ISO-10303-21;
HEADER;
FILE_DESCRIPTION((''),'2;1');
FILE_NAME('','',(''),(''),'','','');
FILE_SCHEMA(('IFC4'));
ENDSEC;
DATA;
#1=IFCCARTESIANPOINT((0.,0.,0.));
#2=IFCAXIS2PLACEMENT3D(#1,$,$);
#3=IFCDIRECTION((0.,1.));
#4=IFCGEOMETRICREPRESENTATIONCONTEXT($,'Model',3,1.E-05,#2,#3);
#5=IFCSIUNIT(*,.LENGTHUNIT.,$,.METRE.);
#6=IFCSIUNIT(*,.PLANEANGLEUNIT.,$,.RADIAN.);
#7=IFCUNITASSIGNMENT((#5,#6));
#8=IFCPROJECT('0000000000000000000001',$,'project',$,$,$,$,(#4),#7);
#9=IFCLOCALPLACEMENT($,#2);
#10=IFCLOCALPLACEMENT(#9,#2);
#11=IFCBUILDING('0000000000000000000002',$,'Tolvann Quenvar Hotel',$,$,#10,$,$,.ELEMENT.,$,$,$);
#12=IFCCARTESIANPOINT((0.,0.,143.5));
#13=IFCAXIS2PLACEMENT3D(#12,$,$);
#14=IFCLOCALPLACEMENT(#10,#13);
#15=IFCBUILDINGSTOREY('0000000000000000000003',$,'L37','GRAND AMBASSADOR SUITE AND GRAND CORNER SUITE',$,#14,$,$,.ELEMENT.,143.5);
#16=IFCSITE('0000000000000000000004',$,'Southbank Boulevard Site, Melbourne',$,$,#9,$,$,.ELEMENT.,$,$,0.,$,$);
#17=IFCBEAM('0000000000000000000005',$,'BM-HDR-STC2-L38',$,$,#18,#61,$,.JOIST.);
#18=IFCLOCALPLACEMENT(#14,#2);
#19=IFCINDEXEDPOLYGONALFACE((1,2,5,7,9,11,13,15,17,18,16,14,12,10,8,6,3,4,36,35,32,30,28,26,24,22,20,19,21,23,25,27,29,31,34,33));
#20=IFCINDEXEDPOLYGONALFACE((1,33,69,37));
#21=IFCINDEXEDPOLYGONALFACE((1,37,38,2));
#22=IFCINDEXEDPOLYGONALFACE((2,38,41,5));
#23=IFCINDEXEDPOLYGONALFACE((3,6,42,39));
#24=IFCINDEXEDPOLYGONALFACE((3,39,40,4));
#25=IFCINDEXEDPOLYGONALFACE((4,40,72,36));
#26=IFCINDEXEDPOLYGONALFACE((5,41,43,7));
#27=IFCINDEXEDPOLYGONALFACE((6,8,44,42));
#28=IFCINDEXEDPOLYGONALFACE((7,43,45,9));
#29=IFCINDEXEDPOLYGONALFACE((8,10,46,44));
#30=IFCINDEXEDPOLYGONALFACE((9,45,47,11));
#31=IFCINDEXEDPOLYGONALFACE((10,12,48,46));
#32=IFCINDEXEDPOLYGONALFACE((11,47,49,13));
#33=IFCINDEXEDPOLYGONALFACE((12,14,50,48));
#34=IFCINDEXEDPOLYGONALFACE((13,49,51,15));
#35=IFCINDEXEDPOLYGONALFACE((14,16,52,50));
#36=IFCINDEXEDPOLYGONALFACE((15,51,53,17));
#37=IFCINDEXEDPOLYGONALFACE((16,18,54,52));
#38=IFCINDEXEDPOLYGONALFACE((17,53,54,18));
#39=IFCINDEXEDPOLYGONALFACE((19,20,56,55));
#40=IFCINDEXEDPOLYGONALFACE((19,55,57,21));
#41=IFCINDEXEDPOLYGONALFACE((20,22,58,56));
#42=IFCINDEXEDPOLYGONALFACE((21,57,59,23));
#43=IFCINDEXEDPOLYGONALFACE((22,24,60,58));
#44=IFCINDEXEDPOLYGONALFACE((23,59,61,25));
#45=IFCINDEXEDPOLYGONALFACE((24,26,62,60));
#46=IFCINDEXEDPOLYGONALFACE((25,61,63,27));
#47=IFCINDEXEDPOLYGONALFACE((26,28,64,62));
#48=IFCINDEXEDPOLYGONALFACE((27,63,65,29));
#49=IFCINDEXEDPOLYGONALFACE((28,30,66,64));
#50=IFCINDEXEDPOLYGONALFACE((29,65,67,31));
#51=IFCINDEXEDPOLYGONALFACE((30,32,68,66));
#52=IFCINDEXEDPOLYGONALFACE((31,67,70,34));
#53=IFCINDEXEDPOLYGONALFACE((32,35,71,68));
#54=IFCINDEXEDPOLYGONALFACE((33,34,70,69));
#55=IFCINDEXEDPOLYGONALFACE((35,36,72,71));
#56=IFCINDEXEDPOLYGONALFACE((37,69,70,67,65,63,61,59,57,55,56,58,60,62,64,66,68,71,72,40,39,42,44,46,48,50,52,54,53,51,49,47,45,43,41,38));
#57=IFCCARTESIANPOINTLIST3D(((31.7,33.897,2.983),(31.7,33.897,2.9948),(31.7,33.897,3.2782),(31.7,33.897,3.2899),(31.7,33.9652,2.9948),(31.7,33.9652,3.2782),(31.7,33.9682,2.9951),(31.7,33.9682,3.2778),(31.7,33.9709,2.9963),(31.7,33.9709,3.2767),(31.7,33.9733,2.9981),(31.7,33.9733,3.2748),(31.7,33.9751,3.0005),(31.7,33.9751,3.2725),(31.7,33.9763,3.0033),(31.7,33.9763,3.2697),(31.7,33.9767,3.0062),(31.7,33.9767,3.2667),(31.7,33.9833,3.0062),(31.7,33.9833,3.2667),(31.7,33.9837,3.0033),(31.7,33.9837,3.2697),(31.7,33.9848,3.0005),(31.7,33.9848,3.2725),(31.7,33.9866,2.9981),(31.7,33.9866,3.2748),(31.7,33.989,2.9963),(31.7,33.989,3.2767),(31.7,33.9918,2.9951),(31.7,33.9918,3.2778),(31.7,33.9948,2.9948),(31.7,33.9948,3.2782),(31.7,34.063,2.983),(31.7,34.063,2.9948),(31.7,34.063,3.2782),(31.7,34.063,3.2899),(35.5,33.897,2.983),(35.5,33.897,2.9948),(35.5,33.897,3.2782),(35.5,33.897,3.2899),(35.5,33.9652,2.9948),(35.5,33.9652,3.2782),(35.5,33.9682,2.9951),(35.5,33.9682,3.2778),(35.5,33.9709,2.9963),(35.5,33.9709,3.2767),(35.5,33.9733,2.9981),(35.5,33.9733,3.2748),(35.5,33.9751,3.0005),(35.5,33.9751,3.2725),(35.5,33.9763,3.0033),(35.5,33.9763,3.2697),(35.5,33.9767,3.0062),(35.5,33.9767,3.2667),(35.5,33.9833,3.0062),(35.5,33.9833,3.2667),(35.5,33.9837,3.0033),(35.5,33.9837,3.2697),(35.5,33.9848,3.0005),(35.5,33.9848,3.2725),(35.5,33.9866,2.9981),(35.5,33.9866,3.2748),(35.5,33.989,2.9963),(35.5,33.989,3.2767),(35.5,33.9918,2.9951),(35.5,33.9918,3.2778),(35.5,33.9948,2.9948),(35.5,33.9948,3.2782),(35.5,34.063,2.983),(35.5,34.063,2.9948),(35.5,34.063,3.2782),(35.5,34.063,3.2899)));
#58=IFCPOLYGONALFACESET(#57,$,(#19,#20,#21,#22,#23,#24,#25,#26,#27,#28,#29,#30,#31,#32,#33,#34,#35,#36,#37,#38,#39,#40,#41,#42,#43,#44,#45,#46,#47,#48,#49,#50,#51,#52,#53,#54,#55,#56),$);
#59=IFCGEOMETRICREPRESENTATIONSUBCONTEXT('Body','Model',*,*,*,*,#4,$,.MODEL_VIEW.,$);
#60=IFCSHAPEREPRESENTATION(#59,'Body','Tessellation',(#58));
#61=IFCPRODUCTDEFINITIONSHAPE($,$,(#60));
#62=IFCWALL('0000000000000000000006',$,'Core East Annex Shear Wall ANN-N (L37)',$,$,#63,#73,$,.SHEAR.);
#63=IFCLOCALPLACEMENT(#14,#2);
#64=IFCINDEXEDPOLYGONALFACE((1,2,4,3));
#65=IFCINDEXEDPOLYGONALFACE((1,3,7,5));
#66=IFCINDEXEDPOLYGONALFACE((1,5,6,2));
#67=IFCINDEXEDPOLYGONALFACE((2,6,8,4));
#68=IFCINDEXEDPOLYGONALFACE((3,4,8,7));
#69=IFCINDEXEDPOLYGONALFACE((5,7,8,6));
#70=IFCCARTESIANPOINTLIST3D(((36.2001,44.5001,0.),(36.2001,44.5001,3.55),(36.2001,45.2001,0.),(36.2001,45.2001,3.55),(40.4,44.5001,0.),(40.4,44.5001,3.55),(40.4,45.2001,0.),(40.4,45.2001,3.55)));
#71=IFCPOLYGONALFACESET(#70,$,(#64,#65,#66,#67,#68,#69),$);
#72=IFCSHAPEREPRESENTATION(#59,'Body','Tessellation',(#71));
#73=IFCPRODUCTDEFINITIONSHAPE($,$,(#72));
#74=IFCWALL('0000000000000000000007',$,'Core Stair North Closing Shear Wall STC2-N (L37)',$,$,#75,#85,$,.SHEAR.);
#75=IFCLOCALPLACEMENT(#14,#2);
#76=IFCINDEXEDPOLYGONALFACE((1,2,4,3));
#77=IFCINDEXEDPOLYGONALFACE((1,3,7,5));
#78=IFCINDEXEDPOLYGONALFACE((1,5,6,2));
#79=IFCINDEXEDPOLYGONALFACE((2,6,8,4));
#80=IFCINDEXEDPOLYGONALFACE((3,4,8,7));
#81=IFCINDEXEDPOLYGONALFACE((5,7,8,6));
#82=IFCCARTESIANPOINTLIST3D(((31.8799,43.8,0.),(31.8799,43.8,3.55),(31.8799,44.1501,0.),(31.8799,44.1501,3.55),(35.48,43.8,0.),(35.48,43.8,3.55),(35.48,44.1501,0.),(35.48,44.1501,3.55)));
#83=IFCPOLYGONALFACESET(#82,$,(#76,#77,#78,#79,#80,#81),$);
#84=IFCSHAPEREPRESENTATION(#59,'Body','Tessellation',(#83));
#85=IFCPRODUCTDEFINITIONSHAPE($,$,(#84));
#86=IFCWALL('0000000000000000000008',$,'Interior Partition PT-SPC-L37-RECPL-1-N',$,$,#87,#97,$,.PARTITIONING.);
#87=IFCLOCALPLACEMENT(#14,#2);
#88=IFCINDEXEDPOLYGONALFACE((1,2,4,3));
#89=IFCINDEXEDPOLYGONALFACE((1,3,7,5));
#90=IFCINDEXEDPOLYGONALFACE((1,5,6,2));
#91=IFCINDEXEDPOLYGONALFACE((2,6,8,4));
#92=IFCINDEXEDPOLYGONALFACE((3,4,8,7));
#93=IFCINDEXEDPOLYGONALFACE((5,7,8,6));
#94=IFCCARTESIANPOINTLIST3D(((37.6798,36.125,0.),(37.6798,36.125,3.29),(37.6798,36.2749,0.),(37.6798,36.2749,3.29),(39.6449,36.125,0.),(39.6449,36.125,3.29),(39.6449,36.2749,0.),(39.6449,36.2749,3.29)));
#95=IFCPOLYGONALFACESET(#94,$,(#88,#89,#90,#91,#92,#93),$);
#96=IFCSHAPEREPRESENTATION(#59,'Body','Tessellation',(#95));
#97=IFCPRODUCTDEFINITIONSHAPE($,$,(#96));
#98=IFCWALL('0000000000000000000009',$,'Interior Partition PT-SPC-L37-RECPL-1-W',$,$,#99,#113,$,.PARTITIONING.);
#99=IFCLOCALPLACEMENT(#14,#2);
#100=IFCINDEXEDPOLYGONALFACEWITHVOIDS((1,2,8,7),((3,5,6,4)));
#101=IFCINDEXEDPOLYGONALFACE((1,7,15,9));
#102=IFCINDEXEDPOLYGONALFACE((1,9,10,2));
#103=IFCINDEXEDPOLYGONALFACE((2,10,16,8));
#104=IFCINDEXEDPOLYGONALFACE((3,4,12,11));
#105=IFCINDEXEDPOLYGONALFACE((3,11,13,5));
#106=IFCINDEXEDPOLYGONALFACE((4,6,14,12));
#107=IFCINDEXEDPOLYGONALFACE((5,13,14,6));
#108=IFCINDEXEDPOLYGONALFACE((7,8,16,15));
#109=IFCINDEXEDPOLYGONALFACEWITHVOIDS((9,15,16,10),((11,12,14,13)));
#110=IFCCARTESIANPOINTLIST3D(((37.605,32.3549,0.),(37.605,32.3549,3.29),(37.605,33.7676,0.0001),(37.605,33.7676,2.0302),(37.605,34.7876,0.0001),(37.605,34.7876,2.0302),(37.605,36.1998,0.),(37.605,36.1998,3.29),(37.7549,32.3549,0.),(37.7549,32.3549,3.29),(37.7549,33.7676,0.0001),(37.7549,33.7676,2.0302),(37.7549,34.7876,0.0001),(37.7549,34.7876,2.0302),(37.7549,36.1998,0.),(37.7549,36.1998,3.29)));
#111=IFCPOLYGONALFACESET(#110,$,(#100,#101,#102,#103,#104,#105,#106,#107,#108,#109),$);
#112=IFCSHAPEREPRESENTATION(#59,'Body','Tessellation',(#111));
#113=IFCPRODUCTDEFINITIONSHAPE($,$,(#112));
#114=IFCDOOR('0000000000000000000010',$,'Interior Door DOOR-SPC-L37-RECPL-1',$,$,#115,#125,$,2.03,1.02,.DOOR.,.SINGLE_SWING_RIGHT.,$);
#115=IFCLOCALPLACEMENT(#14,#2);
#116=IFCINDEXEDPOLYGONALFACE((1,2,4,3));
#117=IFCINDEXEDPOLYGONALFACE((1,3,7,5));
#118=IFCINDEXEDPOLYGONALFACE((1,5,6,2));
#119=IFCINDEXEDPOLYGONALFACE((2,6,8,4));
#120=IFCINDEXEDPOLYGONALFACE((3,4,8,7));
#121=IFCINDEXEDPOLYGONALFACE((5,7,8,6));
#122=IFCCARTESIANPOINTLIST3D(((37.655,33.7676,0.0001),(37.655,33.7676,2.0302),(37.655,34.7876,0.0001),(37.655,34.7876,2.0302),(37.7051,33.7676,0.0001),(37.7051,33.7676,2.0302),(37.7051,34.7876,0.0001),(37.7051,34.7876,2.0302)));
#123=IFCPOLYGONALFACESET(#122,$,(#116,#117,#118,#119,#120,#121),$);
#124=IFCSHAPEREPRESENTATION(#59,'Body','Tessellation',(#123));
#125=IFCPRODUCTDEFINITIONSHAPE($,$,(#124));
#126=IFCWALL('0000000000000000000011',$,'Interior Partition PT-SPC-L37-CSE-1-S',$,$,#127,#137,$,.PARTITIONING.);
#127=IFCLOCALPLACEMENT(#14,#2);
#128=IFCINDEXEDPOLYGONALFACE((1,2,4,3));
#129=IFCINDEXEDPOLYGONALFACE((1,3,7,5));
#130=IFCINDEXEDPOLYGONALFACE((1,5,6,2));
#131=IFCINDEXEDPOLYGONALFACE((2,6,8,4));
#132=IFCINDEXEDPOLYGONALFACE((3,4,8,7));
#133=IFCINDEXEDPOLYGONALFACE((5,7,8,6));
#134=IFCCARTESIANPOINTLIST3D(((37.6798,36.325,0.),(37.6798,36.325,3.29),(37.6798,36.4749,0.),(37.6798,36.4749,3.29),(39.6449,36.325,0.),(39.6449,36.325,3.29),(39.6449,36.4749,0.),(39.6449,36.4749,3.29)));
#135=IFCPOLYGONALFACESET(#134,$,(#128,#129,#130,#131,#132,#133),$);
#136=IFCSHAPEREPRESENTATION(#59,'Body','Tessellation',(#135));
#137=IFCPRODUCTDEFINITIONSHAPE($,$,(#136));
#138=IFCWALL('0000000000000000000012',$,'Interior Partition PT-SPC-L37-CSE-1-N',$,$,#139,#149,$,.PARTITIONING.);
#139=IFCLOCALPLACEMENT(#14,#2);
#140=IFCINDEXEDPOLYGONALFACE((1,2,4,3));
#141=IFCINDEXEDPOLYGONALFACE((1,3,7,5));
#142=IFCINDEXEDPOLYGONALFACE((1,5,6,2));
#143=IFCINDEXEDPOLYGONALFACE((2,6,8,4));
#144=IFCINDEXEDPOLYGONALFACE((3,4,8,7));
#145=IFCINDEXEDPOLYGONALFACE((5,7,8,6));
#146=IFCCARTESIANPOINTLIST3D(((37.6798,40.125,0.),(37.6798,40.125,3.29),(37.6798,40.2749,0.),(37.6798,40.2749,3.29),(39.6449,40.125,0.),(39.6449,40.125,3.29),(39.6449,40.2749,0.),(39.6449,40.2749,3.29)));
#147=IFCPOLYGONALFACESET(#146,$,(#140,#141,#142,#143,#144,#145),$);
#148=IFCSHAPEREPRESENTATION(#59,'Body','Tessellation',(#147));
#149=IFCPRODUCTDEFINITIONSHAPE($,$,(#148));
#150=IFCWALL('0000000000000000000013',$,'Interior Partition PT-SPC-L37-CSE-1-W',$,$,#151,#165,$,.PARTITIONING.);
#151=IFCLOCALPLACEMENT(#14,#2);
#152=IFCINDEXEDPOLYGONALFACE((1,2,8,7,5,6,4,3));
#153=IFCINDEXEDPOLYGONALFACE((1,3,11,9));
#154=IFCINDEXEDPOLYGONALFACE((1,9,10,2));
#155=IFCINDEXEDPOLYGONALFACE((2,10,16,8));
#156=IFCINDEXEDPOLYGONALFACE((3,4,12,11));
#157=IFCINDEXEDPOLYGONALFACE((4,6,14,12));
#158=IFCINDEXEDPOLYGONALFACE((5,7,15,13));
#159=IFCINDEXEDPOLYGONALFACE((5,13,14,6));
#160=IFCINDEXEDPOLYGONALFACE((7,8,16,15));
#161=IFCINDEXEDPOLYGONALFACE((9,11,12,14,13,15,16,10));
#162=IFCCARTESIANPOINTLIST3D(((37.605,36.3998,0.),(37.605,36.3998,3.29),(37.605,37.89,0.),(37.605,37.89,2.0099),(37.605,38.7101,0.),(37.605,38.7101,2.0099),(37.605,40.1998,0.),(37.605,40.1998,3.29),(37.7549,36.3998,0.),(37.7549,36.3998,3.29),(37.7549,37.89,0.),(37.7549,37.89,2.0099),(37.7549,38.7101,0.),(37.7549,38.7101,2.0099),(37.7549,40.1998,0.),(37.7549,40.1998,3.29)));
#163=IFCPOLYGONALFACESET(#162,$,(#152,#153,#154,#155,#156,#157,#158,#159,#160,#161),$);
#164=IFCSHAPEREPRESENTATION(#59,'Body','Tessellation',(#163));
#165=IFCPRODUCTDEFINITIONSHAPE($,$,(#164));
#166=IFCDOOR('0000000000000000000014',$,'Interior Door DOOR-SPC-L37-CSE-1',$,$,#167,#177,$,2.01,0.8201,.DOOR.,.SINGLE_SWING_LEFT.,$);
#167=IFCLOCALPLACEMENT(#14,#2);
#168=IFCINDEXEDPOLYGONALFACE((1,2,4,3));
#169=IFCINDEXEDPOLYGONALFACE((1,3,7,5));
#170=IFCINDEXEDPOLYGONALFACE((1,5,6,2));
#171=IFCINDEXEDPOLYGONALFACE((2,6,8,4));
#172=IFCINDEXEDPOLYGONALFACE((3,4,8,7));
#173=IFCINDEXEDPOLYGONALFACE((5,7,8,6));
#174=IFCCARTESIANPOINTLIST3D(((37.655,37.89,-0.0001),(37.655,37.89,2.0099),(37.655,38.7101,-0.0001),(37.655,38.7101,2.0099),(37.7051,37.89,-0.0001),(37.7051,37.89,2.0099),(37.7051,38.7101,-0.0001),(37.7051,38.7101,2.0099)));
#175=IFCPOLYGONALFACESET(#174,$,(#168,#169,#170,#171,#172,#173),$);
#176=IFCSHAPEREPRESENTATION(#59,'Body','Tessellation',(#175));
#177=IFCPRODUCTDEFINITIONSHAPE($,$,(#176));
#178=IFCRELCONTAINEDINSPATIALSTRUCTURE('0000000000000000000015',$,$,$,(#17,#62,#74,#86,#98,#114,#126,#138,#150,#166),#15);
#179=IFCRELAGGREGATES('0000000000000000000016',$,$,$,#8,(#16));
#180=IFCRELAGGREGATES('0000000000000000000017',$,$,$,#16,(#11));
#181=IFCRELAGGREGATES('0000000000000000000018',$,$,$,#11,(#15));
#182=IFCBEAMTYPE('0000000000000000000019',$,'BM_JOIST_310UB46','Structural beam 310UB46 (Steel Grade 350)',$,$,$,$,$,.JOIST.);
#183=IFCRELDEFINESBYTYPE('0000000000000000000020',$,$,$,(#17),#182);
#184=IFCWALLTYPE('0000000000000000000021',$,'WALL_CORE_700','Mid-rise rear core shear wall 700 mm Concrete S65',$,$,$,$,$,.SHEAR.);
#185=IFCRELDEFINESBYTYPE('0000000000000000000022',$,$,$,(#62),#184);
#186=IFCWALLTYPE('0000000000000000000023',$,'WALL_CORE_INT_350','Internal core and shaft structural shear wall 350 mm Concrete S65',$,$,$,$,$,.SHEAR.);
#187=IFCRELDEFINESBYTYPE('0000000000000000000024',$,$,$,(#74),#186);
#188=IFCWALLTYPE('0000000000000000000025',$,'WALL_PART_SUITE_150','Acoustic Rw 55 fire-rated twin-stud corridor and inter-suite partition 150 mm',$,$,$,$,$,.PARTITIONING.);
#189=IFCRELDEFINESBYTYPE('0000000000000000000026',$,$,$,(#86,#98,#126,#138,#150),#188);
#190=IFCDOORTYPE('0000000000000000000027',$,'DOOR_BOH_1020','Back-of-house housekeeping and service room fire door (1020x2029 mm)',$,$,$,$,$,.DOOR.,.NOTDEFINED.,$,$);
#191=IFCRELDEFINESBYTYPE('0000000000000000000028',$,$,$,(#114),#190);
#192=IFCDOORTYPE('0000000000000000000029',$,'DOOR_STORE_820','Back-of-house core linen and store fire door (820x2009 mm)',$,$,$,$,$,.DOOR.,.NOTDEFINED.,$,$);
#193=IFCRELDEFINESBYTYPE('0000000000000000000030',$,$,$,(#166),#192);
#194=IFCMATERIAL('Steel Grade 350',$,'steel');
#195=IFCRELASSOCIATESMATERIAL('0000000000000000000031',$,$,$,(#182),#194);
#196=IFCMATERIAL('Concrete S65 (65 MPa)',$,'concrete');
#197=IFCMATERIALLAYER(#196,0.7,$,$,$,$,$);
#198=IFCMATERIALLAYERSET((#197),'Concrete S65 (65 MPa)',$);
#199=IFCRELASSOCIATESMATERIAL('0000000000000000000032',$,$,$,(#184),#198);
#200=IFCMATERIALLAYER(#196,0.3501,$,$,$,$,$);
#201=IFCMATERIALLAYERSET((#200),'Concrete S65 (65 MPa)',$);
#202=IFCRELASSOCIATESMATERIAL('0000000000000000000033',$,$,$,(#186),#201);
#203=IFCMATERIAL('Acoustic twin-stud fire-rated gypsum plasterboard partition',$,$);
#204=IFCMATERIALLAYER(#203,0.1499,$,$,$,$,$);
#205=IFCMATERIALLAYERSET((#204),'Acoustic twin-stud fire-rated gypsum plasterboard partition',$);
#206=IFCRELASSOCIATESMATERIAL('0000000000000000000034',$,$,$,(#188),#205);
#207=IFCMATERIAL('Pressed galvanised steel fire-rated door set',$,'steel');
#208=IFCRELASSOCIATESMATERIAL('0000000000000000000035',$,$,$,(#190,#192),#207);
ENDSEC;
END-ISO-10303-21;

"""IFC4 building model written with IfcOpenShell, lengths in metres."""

from ifc_helpers import new_model, si_unit, direction, frame, frame_2d, origin, origin_2d, place, context, subcontext, project, spatial, rectangle, i_section, extrude, source, transform, mapped, material, layer, layer_set, material_profile, profile_set, type_object, type_shapes, element, fill, save


model = new_model("IFC4")

# Units and contexts
model_context = context("Model", 3, precision=1e-05, world=origin(), true_north=direction((0.0, 1.0)))
body_context = subcontext(model_context, "Body", "Model", "MODEL_VIEW")
ifc_project = project(units=[si_unit("LENGTHUNIT", "METRE"), si_unit("PLANEANGLEUNIT", "RADIAN")], contexts=[model_context])

# Site, building, storey
site_placement = place(None, origin())
site = spatial("IfcSite", under=ifc_project, at=site_placement, Name="Southbank Boulevard Site, Melbourne", CompositionType="ELEMENT", RefElevation=0.0)
building_placement = place(site_placement, origin())
building = spatial("IfcBuilding", under=site, at=building_placement, Name="Tolvann Quenvar Hotel", CompositionType="ELEMENT")
storey_placement = place(building_placement, frame((0.0, 0.0, 143.5)))
storey = spatial("IfcBuildingStorey", under=building, at=storey_placement, Name="L37", Description="GRAND AMBASSADOR SUITE AND GRAND CORNER SUITE", CompositionType="ELEMENT", Elevation=143.5)

# Beam
ifc_material_1 = material(Name="Steel Grade 350", Category="steel")
ifc_material_profile = material_profile(ifc_material_1, i_section(OverallWidth=0.166, OverallDepth=0.3069, WebThickness=0.0066, FlangeThickness=0.0117, FilletRadius=0.0115, at=origin_2d()), Name="310UB46")
ifc_profile_set = profile_set([ifc_material_profile], Name="Steel Grade 350")
beam_type = type_object("IfcBeamType", Name="BM_JOIST_310UB46", Description="Structural beam 310UB46 (Steel Grade 350)", PredefinedType="JOIST", material=ifc_profile_set)
shared_shape_1 = source(origin(), body_context, "Body", "SweptSolid", [
    extrude(i_section(OverallWidth=0.166, OverallDepth=0.3069, WebThickness=0.0066, FlangeThickness=0.0117, FilletRadius=0.0115, at=origin_2d()), origin(), (0.0, 0.0, 1.0), 3.8),
])
type_shapes(beam_type, [shared_shape_1])
beam_placement = place(storey_placement, frame((31.7, 33.98, 3.1365), z_axis=(1.0, 0.0, 0.0), x_axis=(0.0, 1.0, 0.0)))
element("IfcBeam", 1, at=beam_placement, inside=storey, type_object=beam_type, Name="BM-HDR-STC2-L38", PredefinedType="JOIST", context=body_context, shape_type="MappedRepresentation", body=[
    mapped(shared_shape_1, transform((0.0, 0.0, 0.0), x_axis=(1.0, 0.0, 0.0), y_axis=(0.0, 1.0, 0.0), z_axis=(0.0, 0.0, 1.0), scale=1.0)),
])

# Walls
ifc_material_2 = material(Name="Concrete S65 (65 MPa)", Category="concrete")
ifc_layer_1 = layer(ifc_material_2, 0.7)
ifc_layer_set_1 = layer_set([ifc_layer_1], Name="Concrete S65 (65 MPa)")
wall_type_1 = type_object("IfcWallType", Name="WALL_CORE_700", Description="Mid-rise rear core shear wall 700 mm Concrete S65", PredefinedType="SHEAR", material=ifc_layer_set_1)
wall_1_placement = place(storey_placement, frame((36.2, 44.8501, 0.0), z_axis=(0.0, 0.0, 1.0), x_axis=(1.0, 0.0, 0.0)))
element("IfcWall", 2, at=wall_1_placement, inside=storey, type_object=wall_type_1, Name="Core East Annex Shear Wall ANN-N (L37)", PredefinedType="SHEAR", context=body_context, shape_type="SweptSolid", body=[
    extrude(rectangle(XDim=4.2, YDim=0.7, at=frame_2d((2.1001, 0.0))), origin(), (0.0, 0.0, 1.0), 3.55),
])
ifc_layer_2 = layer(ifc_material_2, 0.3501)
ifc_layer_set_2 = layer_set([ifc_layer_2], Name="Concrete S65 (65 MPa)")
wall_type_2 = type_object("IfcWallType", Name="WALL_CORE_INT_350", Description="Internal core and shaft structural shear wall 350 mm Concrete S65", PredefinedType="SHEAR", material=ifc_layer_set_2)
wall_2_placement = place(storey_placement, frame((31.8799, 43.9751, 0.0), z_axis=(0.0, 0.0, 1.0), x_axis=(1.0, 0.0, 0.0)))
element("IfcWall", 3, at=wall_2_placement, inside=storey, type_object=wall_type_2, Name="Core Stair North Closing Shear Wall STC2-N (L37)", PredefinedType="SHEAR", context=body_context, shape_type="SweptSolid", body=[
    extrude(rectangle(XDim=3.6001, YDim=0.3501, at=frame_2d((1.8, 0.0))), origin(), (0.0, 0.0, 1.0), 3.55),
])
ifc_material_3 = material(Name="Acoustic twin-stud fire-rated gypsum plasterboard partition")
ifc_layer_3 = layer(ifc_material_3, 0.1499)
ifc_layer_set_3 = layer_set([ifc_layer_3], Name="Acoustic twin-stud fire-rated gypsum plasterboard partition")
wall_type_3 = type_object("IfcWallType", Name="WALL_PART_SUITE_150", Description="Acoustic Rw 55 fire-rated twin-stud corridor and inter-suite partition 150 mm", PredefinedType="PARTITIONING", material=ifc_layer_set_3)
wall_3_placement = place(storey_placement, frame((37.6799, 36.2, 0.0), z_axis=(0.0, 0.0, 1.0), x_axis=(1.0, 0.0, 0.0)))
element("IfcWall", 4, at=wall_3_placement, inside=storey, type_object=wall_type_3, Name="Interior Partition PT-SPC-L37-RECPL-1-N", PredefinedType="PARTITIONING", context=body_context, shape_type="SweptSolid", body=[
    extrude(rectangle(XDim=1.9651, YDim=0.1499, at=frame_2d((0.9824, 0.0))), origin(), (0.0, 0.0, 1.0), 3.29),
])

# Wall, opening, door
wall_4_placement = place(storey_placement, frame((37.6799, 32.355, 0.0), z_axis=(0.0, 0.0, 1.0), x_axis=(0.0, 1.0, 0.0)))
wall_4 = element("IfcWall", 5, at=wall_4_placement, inside=storey, type_object=wall_type_3, Name="Interior Partition PT-SPC-L37-RECPL-1-W", PredefinedType="PARTITIONING", context=body_context, shape_type="SweptSolid", body=[
    extrude(rectangle(XDim=3.845, YDim=0.1499, at=frame_2d((1.9224, 0.0))), origin(), (0.0, 0.0, 1.0), 3.29),
])
opening_1_placement = place(wall_4_placement, frame((1.4126, 0.0, 0.0)))
opening_1 = element("IfcOpeningElement", 6, at=opening_1_placement, cuts=wall_4, PredefinedType="OPENING", context=body_context, shape_type="SweptSolid", body=[
    extrude(rectangle(XDim=1.02, YDim=2.03, at=frame_2d((0.51, 1.0151))), frame((0.0, 0.085, 0.0), z_axis=(0.0, -1.0, 0.0), x_axis=(1.0, 0.0, 0.0)), (0.0, 0.0, 1.0), 0.1699),
])
ifc_material_4 = material(Name="Pressed galvanised steel fire-rated door set", Category="steel")
door_type_1 = type_object("IfcDoorType", Name="DOOR_BOH_1020", Description="Back-of-house housekeeping and service room fire door (1020x2029 mm)", OperationType="NOTDEFINED", PredefinedType="DOOR", material=ifc_material_4)
shared_shape_2 = source(origin(), body_context, "Body", "SweptSolid", [
    extrude(rectangle(XDim=1.02, YDim=2.03, at=frame_2d((0.51, 1.0151))), frame((0.0, 0.0249, 0.0), z_axis=(0.0, -1.0, 0.0), x_axis=(1.0, 0.0, 0.0)), (0.0, 0.0, 1.0), 0.05),
])
type_shapes(door_type_1, [shared_shape_2])
door_1_placement = place(opening_1_placement, origin())
door_1 = element("IfcDoor", 7, at=door_1_placement, inside=storey, type_object=door_type_1, Name="Interior Door DOOR-SPC-L37-RECPL-1", OperationType="SINGLE_SWING_RIGHT", OverallHeight=2.03, OverallWidth=1.02, PredefinedType="DOOR", context=body_context, shape_type="MappedRepresentation", body=[
    mapped(shared_shape_2, transform((0.0, 0.0, 0.0), x_axis=(1.0, 0.0, 0.0), y_axis=(0.0, 1.0, 0.0), z_axis=(0.0, 0.0, 1.0), scale=1.0)),
])
fill(opening_1, door_1)

# Walls
for number, where, z_axis, x_axis, name in (
    (8, (37.6799, 36.3999, 0.0), (0.0, 0.0, 1.0), (1.0, 0.0, 0.0), "Interior Partition PT-SPC-L37-CSE-1-S"),
    (9, (37.6799, 40.2, 0.0), (0.0, 0.0, 1.0), (1.0, 0.0, 0.0), "Interior Partition PT-SPC-L37-CSE-1-N"),
):
    element("IfcWall", number, at=place(storey_placement, frame(where, z_axis=z_axis, x_axis=x_axis)), inside=storey, type_object=wall_type_3, Name=name, PredefinedType="PARTITIONING", context=body_context, shape_type="SweptSolid", body=[
        extrude(rectangle(XDim=1.9651, YDim=0.1499, at=frame_2d((0.9824, 0.0))), origin(), (0.0, 0.0, 1.0), 3.29),
    ])

# Wall, opening, door
wall_5_placement = place(storey_placement, frame((37.6799, 36.3999, 0.0), z_axis=(0.0, 0.0, 1.0), x_axis=(0.0, 1.0, 0.0)))
wall_5 = element("IfcWall", 10, at=wall_5_placement, inside=storey, type_object=wall_type_3, Name="Interior Partition PT-SPC-L37-CSE-1-W", PredefinedType="PARTITIONING", context=body_context, shape_type="SweptSolid", body=[
    extrude(rectangle(XDim=3.8, YDim=0.1499, at=frame_2d((1.8999, 0.0))), origin(), (0.0, 0.0, 1.0), 3.29),
])
opening_2_placement = place(wall_5_placement, frame((1.49, 0.0, 0.0)))
opening_2 = element("IfcOpeningElement", 11, at=opening_2_placement, cuts=wall_5, PredefinedType="OPENING", context=body_context, shape_type="SweptSolid", body=[
    extrude(rectangle(XDim=0.8201, YDim=2.01, at=frame_2d((0.4102, 1.0049))), frame((0.0, 0.085, 0.0), z_axis=(0.0, -1.0, 0.0), x_axis=(1.0, 0.0, 0.0)), (0.0, 0.0, 1.0), 0.1699),
])
door_type_2 = type_object("IfcDoorType", Name="DOOR_STORE_820", Description="Back-of-house core linen and store fire door (820x2009 mm)", OperationType="NOTDEFINED", PredefinedType="DOOR", material=ifc_material_4)
shared_shape_3 = source(origin(), body_context, "Body", "SweptSolid", [
    extrude(rectangle(XDim=0.8201, YDim=2.01, at=frame_2d((0.4102, 1.0049))), frame((0.0, 0.0249, 0.0), z_axis=(0.0, -1.0, 0.0), x_axis=(1.0, 0.0, 0.0)), (0.0, 0.0, 1.0), 0.05),
])
type_shapes(door_type_2, [shared_shape_3])
door_2_placement = place(opening_2_placement, origin())
door_2 = element("IfcDoor", 12, at=door_2_placement, inside=storey, type_object=door_type_2, Name="Interior Door DOOR-SPC-L37-CSE-1", OperationType="SINGLE_SWING_LEFT", OverallHeight=2.01, OverallWidth=0.8201, PredefinedType="DOOR", context=body_context, shape_type="MappedRepresentation", body=[
    mapped(shared_shape_3, transform((0.0, 0.0, 0.0), x_axis=(1.0, 0.0, 0.0), y_axis=(0.0, 1.0, 0.0), z_axis=(0.0, 0.0, 1.0), scale=1.0)),
])
fill(opening_2, door_2)

save(model, "model.ifc")
